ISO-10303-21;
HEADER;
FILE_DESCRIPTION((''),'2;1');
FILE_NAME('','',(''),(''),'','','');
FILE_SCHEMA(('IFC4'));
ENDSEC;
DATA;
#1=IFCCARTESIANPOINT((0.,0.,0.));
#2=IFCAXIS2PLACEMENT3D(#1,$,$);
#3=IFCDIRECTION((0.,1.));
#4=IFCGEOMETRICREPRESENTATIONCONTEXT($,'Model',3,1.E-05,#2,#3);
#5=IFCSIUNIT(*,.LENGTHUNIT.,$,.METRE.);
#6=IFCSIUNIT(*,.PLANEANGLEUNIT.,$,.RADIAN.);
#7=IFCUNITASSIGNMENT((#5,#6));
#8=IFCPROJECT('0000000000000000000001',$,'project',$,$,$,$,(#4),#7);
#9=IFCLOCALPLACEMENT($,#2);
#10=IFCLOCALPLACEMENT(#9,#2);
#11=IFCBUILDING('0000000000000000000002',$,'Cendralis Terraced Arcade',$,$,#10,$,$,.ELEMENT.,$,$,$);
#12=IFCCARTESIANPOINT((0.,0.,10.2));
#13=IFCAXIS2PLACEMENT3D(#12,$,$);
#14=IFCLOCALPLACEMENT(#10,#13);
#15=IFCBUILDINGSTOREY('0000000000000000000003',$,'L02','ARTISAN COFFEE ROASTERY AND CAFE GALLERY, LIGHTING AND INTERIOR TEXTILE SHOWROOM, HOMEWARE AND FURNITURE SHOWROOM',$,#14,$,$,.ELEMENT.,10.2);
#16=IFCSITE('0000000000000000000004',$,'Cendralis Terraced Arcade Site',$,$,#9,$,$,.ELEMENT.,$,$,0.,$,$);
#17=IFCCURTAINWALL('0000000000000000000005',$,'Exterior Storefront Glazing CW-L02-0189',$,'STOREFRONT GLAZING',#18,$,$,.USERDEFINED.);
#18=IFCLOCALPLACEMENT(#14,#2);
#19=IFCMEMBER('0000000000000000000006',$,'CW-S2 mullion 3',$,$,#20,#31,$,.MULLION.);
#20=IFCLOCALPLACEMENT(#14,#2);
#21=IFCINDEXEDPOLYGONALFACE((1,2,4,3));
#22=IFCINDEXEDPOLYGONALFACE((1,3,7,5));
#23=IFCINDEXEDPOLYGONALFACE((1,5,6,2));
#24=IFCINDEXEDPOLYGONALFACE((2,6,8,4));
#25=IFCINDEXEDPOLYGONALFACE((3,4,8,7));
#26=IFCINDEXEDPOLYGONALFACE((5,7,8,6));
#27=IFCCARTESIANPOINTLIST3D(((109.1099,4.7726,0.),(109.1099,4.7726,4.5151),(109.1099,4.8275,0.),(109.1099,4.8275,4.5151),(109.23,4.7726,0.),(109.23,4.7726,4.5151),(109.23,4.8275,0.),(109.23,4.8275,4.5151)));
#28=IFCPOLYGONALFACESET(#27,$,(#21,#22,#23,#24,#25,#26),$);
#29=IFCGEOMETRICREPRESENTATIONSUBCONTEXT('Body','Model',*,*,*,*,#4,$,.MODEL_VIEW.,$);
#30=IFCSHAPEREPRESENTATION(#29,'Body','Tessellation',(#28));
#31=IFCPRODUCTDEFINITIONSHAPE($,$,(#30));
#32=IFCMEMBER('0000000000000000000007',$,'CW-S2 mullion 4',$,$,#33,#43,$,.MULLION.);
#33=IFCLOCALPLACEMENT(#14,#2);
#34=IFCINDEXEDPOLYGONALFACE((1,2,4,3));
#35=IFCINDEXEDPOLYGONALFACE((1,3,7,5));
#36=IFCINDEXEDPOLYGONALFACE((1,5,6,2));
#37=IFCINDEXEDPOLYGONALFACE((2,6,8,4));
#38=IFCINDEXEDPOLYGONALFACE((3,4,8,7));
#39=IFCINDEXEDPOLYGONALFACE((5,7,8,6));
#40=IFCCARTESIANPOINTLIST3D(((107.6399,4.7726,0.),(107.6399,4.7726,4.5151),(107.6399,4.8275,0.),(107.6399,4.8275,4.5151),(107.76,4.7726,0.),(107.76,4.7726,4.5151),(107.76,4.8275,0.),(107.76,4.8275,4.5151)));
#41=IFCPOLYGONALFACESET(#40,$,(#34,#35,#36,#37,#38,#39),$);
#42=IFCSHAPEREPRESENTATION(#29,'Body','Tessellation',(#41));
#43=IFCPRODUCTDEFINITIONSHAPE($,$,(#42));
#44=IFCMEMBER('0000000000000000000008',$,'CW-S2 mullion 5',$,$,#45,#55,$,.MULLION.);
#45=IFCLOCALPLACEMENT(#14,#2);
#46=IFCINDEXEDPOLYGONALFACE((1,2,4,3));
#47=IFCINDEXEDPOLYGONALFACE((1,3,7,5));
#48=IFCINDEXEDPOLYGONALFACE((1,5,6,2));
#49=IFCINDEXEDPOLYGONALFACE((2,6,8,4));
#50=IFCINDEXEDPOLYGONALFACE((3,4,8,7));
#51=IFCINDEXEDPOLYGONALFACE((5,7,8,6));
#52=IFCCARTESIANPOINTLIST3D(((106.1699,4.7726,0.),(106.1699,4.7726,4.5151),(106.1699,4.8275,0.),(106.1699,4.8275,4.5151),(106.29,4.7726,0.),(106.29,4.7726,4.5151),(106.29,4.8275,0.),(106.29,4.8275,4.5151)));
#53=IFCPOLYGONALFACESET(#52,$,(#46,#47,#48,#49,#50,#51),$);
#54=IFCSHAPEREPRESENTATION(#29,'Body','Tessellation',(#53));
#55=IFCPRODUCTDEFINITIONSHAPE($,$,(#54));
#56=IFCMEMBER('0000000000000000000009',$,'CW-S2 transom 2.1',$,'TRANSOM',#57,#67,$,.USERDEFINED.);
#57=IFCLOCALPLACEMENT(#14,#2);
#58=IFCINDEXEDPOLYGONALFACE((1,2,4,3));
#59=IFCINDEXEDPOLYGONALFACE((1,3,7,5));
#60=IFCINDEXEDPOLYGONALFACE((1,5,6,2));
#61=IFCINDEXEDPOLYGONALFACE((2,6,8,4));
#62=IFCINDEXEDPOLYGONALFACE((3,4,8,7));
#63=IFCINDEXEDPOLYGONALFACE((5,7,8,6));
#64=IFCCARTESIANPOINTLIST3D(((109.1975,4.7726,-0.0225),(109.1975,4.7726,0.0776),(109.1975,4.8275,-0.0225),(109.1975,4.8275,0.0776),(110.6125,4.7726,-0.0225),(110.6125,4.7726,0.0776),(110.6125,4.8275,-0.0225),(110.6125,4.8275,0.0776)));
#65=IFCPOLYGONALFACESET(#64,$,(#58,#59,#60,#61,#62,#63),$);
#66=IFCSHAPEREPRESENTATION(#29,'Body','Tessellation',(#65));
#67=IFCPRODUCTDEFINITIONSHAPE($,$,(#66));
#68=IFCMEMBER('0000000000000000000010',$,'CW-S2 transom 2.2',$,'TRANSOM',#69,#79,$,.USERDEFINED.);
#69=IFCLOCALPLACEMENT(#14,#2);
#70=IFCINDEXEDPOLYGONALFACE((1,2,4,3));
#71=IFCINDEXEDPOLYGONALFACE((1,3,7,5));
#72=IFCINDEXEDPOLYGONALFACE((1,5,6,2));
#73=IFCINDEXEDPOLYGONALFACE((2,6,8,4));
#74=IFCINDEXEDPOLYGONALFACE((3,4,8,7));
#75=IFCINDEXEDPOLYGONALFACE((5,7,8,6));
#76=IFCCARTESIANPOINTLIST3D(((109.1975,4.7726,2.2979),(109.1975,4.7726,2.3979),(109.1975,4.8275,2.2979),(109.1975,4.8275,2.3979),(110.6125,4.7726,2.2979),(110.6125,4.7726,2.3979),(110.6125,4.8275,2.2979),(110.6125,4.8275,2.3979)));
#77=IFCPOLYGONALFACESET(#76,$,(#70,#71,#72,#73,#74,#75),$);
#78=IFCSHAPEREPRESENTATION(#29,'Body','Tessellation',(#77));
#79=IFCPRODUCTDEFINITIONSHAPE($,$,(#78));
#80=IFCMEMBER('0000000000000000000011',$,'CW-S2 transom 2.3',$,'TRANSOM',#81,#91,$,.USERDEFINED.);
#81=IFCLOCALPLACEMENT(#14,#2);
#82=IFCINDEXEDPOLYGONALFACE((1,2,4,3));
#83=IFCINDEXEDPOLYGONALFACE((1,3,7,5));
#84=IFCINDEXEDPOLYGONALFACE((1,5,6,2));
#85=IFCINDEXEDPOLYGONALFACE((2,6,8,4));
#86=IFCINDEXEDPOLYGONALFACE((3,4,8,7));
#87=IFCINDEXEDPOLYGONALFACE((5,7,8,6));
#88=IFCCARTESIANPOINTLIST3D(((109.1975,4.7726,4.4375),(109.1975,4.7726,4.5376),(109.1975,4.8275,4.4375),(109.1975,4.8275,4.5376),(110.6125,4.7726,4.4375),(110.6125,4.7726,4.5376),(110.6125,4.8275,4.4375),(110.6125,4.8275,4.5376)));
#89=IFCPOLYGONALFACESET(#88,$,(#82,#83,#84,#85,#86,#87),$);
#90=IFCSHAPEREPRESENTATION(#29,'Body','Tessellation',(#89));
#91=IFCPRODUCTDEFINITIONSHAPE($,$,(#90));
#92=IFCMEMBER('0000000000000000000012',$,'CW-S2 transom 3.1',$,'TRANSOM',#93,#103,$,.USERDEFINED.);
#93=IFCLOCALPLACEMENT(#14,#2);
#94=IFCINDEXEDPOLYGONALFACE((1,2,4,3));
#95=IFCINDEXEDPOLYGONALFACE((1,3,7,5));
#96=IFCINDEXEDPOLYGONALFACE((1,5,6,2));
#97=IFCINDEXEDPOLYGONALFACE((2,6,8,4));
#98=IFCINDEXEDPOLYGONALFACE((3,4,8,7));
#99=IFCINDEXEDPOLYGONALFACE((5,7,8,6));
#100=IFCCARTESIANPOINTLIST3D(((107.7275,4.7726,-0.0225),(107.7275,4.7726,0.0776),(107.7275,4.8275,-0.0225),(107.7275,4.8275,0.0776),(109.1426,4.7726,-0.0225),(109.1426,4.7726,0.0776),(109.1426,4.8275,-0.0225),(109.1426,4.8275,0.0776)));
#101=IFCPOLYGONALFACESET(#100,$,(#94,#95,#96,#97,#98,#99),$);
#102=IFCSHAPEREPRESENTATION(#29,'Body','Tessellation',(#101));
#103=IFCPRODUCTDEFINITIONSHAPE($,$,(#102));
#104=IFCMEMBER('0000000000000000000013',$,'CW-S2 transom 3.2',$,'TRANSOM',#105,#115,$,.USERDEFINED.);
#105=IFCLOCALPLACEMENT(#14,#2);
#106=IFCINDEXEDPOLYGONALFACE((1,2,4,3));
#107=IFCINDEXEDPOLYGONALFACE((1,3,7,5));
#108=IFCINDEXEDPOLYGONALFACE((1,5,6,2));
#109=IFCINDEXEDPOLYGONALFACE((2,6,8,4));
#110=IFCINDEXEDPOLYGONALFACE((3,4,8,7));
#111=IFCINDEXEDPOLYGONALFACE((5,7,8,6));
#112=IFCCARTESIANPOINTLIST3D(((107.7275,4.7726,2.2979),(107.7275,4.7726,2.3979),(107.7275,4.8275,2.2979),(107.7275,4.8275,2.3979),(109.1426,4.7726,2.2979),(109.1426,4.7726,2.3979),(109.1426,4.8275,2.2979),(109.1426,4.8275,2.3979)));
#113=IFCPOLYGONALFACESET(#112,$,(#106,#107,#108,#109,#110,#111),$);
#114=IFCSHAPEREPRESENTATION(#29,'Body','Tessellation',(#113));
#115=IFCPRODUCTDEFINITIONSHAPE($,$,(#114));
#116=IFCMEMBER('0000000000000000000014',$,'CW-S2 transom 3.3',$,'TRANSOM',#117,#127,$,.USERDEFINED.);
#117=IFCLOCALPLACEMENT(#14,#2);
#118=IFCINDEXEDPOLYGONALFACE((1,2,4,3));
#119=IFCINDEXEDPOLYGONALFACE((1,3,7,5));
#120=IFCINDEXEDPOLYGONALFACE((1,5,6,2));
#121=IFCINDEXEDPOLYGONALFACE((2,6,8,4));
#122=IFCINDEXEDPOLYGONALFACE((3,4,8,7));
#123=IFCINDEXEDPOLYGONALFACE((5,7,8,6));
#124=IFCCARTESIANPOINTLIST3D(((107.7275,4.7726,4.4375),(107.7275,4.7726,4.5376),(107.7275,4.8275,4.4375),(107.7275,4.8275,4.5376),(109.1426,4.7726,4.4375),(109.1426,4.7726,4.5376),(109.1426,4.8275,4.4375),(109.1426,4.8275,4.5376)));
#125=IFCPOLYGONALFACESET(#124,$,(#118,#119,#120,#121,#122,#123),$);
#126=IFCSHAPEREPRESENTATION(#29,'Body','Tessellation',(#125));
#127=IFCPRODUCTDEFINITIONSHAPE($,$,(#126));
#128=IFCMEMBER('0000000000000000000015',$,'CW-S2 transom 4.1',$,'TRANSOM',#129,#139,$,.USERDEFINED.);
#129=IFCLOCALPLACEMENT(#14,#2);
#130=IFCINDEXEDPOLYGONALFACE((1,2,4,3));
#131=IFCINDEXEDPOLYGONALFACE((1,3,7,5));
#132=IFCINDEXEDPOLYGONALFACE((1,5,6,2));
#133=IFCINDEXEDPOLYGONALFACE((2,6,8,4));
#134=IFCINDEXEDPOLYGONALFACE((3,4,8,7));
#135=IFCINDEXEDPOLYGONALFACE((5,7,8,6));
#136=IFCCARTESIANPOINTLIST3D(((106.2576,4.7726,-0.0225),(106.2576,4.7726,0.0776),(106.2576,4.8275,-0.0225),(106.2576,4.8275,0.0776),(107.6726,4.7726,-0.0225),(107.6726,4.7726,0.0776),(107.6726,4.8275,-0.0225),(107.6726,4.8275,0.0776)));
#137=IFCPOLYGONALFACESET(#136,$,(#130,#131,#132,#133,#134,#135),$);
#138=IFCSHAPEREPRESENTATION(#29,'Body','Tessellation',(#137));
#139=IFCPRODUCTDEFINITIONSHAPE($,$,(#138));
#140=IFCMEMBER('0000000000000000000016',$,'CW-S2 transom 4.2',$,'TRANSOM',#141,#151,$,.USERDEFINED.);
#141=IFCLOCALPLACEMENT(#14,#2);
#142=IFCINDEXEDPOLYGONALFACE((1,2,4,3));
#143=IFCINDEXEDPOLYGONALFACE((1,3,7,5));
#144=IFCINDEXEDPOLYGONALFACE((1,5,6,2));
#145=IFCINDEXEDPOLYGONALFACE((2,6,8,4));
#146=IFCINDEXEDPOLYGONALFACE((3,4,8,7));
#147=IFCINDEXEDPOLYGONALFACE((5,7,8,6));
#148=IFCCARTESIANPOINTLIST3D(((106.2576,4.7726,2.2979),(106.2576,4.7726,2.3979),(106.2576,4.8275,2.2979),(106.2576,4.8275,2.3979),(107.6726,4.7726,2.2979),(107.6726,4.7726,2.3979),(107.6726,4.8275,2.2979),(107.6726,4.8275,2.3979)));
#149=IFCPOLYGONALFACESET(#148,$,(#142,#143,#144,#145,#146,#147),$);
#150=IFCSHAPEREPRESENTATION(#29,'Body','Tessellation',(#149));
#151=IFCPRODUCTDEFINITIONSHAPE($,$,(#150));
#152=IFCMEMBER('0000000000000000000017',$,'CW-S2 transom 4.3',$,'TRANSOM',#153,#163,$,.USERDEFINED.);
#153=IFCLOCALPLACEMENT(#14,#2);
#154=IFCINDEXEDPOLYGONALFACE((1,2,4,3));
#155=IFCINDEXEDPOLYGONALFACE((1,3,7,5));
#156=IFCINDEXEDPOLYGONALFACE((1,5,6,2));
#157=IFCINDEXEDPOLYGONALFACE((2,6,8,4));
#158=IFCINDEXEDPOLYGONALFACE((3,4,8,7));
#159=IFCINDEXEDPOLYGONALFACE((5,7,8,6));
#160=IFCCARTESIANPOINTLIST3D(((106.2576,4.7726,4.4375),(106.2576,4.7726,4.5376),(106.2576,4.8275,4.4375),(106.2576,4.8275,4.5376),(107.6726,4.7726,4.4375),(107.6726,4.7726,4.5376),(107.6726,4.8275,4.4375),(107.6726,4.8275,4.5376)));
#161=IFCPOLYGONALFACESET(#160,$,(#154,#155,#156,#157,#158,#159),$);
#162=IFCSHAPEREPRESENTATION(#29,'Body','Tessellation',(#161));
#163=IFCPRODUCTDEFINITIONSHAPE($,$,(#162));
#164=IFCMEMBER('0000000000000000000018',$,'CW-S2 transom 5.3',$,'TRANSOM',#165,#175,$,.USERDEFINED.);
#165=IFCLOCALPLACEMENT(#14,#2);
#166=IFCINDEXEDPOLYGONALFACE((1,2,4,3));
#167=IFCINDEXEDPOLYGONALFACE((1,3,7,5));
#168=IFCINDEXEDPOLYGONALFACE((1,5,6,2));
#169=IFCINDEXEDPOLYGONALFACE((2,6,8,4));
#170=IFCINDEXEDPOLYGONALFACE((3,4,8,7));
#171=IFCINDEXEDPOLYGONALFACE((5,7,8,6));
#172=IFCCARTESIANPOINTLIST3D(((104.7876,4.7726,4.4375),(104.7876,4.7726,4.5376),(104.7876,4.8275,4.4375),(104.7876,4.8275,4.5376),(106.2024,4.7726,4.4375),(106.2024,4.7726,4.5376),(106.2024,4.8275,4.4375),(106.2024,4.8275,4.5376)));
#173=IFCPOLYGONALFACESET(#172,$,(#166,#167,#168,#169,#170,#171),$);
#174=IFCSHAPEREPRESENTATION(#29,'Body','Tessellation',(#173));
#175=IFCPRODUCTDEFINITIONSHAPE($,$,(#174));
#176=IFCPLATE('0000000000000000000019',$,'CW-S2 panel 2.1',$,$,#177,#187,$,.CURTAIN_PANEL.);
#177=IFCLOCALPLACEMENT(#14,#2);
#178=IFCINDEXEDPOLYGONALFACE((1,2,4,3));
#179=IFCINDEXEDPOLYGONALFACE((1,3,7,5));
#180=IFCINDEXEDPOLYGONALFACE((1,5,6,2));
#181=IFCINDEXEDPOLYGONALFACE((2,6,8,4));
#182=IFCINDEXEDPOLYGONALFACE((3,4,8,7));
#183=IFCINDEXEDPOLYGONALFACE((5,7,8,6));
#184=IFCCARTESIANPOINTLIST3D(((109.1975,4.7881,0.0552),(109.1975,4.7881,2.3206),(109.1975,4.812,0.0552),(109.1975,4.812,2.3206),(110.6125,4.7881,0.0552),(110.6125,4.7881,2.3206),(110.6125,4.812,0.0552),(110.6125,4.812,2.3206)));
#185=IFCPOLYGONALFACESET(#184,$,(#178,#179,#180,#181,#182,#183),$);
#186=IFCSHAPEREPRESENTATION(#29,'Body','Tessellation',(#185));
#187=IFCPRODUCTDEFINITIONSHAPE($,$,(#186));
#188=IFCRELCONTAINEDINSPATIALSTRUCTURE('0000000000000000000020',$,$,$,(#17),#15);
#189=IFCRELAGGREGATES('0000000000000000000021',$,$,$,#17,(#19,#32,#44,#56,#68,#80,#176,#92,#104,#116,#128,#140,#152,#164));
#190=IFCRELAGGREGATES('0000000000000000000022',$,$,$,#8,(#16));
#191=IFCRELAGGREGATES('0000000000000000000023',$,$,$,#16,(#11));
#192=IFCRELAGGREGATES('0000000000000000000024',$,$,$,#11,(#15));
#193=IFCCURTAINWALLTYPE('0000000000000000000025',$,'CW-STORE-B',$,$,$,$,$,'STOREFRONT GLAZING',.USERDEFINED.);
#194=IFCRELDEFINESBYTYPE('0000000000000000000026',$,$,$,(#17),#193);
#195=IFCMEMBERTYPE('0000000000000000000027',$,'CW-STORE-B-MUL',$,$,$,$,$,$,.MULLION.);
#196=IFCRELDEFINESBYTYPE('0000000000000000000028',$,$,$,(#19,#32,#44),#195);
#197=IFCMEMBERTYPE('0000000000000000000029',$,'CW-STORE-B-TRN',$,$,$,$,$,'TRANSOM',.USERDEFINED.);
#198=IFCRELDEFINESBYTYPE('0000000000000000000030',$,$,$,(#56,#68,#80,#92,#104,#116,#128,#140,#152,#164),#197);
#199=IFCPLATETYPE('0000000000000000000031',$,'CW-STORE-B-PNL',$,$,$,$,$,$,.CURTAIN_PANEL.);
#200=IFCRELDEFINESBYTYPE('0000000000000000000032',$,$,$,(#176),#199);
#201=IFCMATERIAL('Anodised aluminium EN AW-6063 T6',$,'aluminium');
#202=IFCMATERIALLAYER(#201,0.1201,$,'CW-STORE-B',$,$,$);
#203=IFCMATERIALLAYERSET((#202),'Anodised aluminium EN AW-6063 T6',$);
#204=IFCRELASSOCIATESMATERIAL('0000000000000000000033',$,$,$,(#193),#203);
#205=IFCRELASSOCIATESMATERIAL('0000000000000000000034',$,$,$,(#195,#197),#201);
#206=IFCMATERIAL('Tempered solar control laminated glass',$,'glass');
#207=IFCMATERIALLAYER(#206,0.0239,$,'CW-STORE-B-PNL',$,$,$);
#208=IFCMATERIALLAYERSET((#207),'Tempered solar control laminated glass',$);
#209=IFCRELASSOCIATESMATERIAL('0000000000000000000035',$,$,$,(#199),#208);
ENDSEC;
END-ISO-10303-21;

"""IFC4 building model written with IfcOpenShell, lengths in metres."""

from ifc_helpers import new_model, si_unit, direction, frame, origin, origin_2d, place, context, subcontext, project, spatial, rectangle, extrude, material, layer, layer_set, material_profile, profile_set, type_object, element, aggregate, save


model = new_model("IFC4")

# Units and contexts
model_context = context("Model", 3, precision=1e-05, world=origin(), true_north=direction((0.0, 1.0)))
body_context = subcontext(model_context, "Body", "Model", "MODEL_VIEW")
ifc_project = project(units=[si_unit("LENGTHUNIT", "METRE"), si_unit("PLANEANGLEUNIT", "RADIAN")], contexts=[model_context])

# Site, building, storey
site_placement = place(None, origin())
site = spatial("IfcSite", under=ifc_project, at=site_placement, Name="Cendralis Terraced Arcade Site", CompositionType="ELEMENT", RefElevation=0.0)
building_placement = place(site_placement, origin())
building = spatial("IfcBuilding", under=site, at=building_placement, Name="Cendralis Terraced Arcade", CompositionType="ELEMENT")
storey_placement = place(building_placement, frame((0.0, 0.0, 10.2)))
storey = spatial("IfcBuildingStorey", under=building, at=storey_placement, Name="L02", Description="ARTISAN COFFEE ROASTERY AND CAFE GALLERY, LIGHTING AND INTERIOR TEXTILE SHOWROOM, HOMEWARE AND FURNITURE SHOWROOM", CompositionType="ELEMENT", Elevation=10.2)

# Curtain wall, members, plate
ifc_material_1 = material(Name="Anodised aluminium EN AW-6063 T6", Category="aluminium")
ifc_layer_1 = layer(ifc_material_1, 0.1201, Name="CW-STORE-B")
ifc_layer_set_1 = layer_set([ifc_layer_1], Name="Anodised aluminium EN AW-6063 T6")
curtain_wall_type = type_object("IfcCurtainWallType", Name="CW-STORE-B", ElementType="STOREFRONT GLAZING", PredefinedType="USERDEFINED", material=ifc_layer_set_1)
curtain_wall_placement = place(storey_placement, origin())
curtain_wall = element("IfcCurtainWall", 1, at=curtain_wall_placement, inside=storey, type_object=curtain_wall_type, Name="Exterior Storefront Glazing CW-L02-0189", ObjectType="STOREFRONT GLAZING", PredefinedType="USERDEFINED")
ifc_material_profile_1 = material_profile(ifc_material_1, rectangle(XDim=0.0549, YDim=0.1201, at=origin_2d()), Name="ALU-MUL-55x120")
ifc_profile_set_1 = profile_set([ifc_material_profile_1], Name="Anodised aluminium EN AW-6063 T6")
member_type_1 = type_object("IfcMemberType", Name="CW-STORE-B-MUL", PredefinedType="MULLION", material=ifc_profile_set_1)
member_1_placement = place(storey_placement, frame((109.1699, 4.8, 0.0), z_axis=(0.0, 0.0, 1.0), x_axis=(0.0, -1.0, 0.0)))
member_1 = element("IfcMember", 2, at=member_1_placement, type_object=member_type_1, Name="CW-S2 mullion 3", PredefinedType="MULLION", context=body_context, shape_type="SweptSolid", body=[
    extrude(rectangle(XDim=0.0549, YDim=0.1201, at=origin_2d()), origin(), (0.0, 0.0, 1.0), 4.5151),
])
member_2_placement = place(storey_placement, frame((107.7, 4.8, 0.0), z_axis=(0.0, 0.0, 1.0), x_axis=(0.0, -1.0, 0.0)))
member_2 = element("IfcMember", 3, at=member_2_placement, type_object=member_type_1, Name="CW-S2 mullion 4", PredefinedType="MULLION", context=body_context, shape_type="SweptSolid", body=[
    extrude(rectangle(XDim=0.0549, YDim=0.1201, at=origin_2d()), origin(), (0.0, 0.0, 1.0), 4.5151),
])
member_3_placement = place(storey_placement, frame((106.23, 4.8, 0.0), z_axis=(0.0, 0.0, 1.0), x_axis=(0.0, -1.0, 0.0)))
member_3 = element("IfcMember", 4, at=member_3_placement, type_object=member_type_1, Name="CW-S2 mullion 5", PredefinedType="MULLION", context=body_context, shape_type="SweptSolid", body=[
    extrude(rectangle(XDim=0.0549, YDim=0.1201, at=origin_2d()), origin(), (0.0, 0.0, 1.0), 4.5151),
])
ifc_material_profile_2 = material_profile(ifc_material_1, rectangle(XDim=0.0549, YDim=0.1001, at=origin_2d()), Name="ALU-TRN-55x100")
ifc_profile_set_2 = profile_set([ifc_material_profile_2], Name="Anodised aluminium EN AW-6063 T6")
member_type_2 = type_object("IfcMemberType", Name="CW-STORE-B-TRN", ElementType="TRANSOM", PredefinedType="USERDEFINED", material=ifc_profile_set_2)
member_4_placement = place(storey_placement, frame((110.6125, 4.8, 0.0276), z_axis=(-1.0, 0.0, 0.0), x_axis=(0.0, -1.0, 0.0)))
member_4 = element("IfcMember", 5, at=member_4_placement, type_object=member_type_2, Name="CW-S2 transom 2.1", ObjectType="TRANSOM", PredefinedType="USERDEFINED", context=body_context, shape_type="SweptSolid", body=[
    extrude(rectangle(XDim=0.0549, YDim=0.1001, at=origin_2d()), origin(), (0.0, 0.0, 1.0), 1.415),
])
member_5_placement = place(storey_placement, frame((110.6125, 4.8, 2.3479), z_axis=(-1.0, 0.0, 0.0), x_axis=(0.0, -1.0, 0.0)))
member_5 = element("IfcMember", 6, at=member_5_placement, type_object=member_type_2, Name="CW-S2 transom 2.2", ObjectType="TRANSOM", PredefinedType="USERDEFINED", context=body_context, shape_type="SweptSolid", body=[
    extrude(rectangle(XDim=0.0549, YDim=0.1001, at=origin_2d()), origin(), (0.0, 0.0, 1.0), 1.415),
])
member_6_placement = place(storey_placement, frame((110.6125, 4.8, 4.4875), z_axis=(-1.0, 0.0, 0.0), x_axis=(0.0, -1.0, 0.0)))
member_6 = element("IfcMember", 7, at=member_6_placement, type_object=member_type_2, Name="CW-S2 transom 2.3", ObjectType="TRANSOM", PredefinedType="USERDEFINED", context=body_context, shape_type="SweptSolid", body=[
    extrude(rectangle(XDim=0.0549, YDim=0.1001, at=origin_2d()), origin(), (0.0, 0.0, 1.0), 1.415),
])
member_7_placement = place(storey_placement, frame((109.1426, 4.8, 0.0276), z_axis=(-1.0, 0.0, 0.0), x_axis=(0.0, -1.0, 0.0)))
member_7 = element("IfcMember", 8, at=member_7_placement, type_object=member_type_2, Name="CW-S2 transom 3.1", ObjectType="TRANSOM", PredefinedType="USERDEFINED", context=body_context, shape_type="SweptSolid", body=[
    extrude(rectangle(XDim=0.0549, YDim=0.1001, at=origin_2d()), origin(), (0.0, 0.0, 1.0), 1.415),
])
member_8_placement = place(storey_placement, frame((109.1426, 4.8, 2.3479), z_axis=(-1.0, 0.0, 0.0), x_axis=(0.0, -1.0, 0.0)))
member_8 = element("IfcMember", 9, at=member_8_placement, type_object=member_type_2, Name="CW-S2 transom 3.2", ObjectType="TRANSOM", PredefinedType="USERDEFINED", context=body_context, shape_type="SweptSolid", body=[
    extrude(rectangle(XDim=0.0549, YDim=0.1001, at=origin_2d()), origin(), (0.0, 0.0, 1.0), 1.415),
])
member_9_placement = place(storey_placement, frame((109.1426, 4.8, 4.4875), z_axis=(-1.0, 0.0, 0.0), x_axis=(0.0, -1.0, 0.0)))
member_9 = element("IfcMember", 10, at=member_9_placement, type_object=member_type_2, Name="CW-S2 transom 3.3", ObjectType="TRANSOM", PredefinedType="USERDEFINED", context=body_context, shape_type="SweptSolid", body=[
    extrude(rectangle(XDim=0.0549, YDim=0.1001, at=origin_2d()), origin(), (0.0, 0.0, 1.0), 1.415),
])
member_10_placement = place(storey_placement, frame((107.6726, 4.8, 0.0276), z_axis=(-1.0, 0.0, 0.0), x_axis=(0.0, -1.0, 0.0)))
member_10 = element("IfcMember", 11, at=member_10_placement, type_object=member_type_2, Name="CW-S2 transom 4.1", ObjectType="TRANSOM", PredefinedType="USERDEFINED", context=body_context, shape_type="SweptSolid", body=[
    extrude(rectangle(XDim=0.0549, YDim=0.1001, at=origin_2d()), origin(), (0.0, 0.0, 1.0), 1.415),
])
member_11_placement = place(storey_placement, frame((107.6726, 4.8, 2.3479), z_axis=(-1.0, 0.0, 0.0), x_axis=(0.0, -1.0, 0.0)))
member_11 = element("IfcMember", 12, at=member_11_placement, type_object=member_type_2, Name="CW-S2 transom 4.2", ObjectType="TRANSOM", PredefinedType="USERDEFINED", context=body_context, shape_type="SweptSolid", body=[
    extrude(rectangle(XDim=0.0549, YDim=0.1001, at=origin_2d()), origin(), (0.0, 0.0, 1.0), 1.415),
])
member_12_placement = place(storey_placement, frame((107.6726, 4.8, 4.4875), z_axis=(-1.0, 0.0, 0.0), x_axis=(0.0, -1.0, 0.0)))
member_12 = element("IfcMember", 13, at=member_12_placement, type_object=member_type_2, Name="CW-S2 transom 4.3", ObjectType="TRANSOM", PredefinedType="USERDEFINED", context=body_context, shape_type="SweptSolid", body=[
    extrude(rectangle(XDim=0.0549, YDim=0.1001, at=origin_2d()), origin(), (0.0, 0.0, 1.0), 1.415),
])
member_13_placement = place(storey_placement, frame((106.2024, 4.8, 4.4875), z_axis=(-1.0, 0.0, 0.0), x_axis=(0.0, -1.0, 0.0)))
member_13 = element("IfcMember", 14, at=member_13_placement, type_object=member_type_2, Name="CW-S2 transom 5.3", ObjectType="TRANSOM", PredefinedType="USERDEFINED", context=body_context, shape_type="SweptSolid", body=[
    extrude(rectangle(XDim=0.0549, YDim=0.1001, at=origin_2d()), origin(), (0.0, 0.0, 1.0), 1.4148),
])
ifc_material_2 = material(Name="Tempered solar control laminated glass", Category="glass")
ifc_layer_2 = layer(ifc_material_2, 0.0239, Name="CW-STORE-B-PNL")
ifc_layer_set_2 = layer_set([ifc_layer_2], Name="Tempered solar control laminated glass")
plate_type = type_object("IfcPlateType", Name="CW-STORE-B-PNL", PredefinedType="CURTAIN_PANEL", material=ifc_layer_set_2)
plate_1_placement = place(storey_placement, frame((109.905, 4.8, 0.0552), z_axis=(0.0, 0.0, 1.0), x_axis=(-1.0, 0.0, 0.0)))
plate_1 = element("IfcPlate", 15, at=plate_1_placement, type_object=plate_type, Name="CW-S2 panel 2.1", PredefinedType="CURTAIN_PANEL", context=body_context, shape_type="SweptSolid", body=[
    extrude(rectangle(XDim=1.415, YDim=0.0239, at=origin_2d()), origin(), (0.0, 0.0, 1.0), 2.2654),
])
aggregate(curtain_wall, [member_1, member_2, member_3, member_4, member_5, member_6, plate_1, member_7, member_8, member_9, member_10, member_11, member_12, member_13])

save(model, "model.ifc")
